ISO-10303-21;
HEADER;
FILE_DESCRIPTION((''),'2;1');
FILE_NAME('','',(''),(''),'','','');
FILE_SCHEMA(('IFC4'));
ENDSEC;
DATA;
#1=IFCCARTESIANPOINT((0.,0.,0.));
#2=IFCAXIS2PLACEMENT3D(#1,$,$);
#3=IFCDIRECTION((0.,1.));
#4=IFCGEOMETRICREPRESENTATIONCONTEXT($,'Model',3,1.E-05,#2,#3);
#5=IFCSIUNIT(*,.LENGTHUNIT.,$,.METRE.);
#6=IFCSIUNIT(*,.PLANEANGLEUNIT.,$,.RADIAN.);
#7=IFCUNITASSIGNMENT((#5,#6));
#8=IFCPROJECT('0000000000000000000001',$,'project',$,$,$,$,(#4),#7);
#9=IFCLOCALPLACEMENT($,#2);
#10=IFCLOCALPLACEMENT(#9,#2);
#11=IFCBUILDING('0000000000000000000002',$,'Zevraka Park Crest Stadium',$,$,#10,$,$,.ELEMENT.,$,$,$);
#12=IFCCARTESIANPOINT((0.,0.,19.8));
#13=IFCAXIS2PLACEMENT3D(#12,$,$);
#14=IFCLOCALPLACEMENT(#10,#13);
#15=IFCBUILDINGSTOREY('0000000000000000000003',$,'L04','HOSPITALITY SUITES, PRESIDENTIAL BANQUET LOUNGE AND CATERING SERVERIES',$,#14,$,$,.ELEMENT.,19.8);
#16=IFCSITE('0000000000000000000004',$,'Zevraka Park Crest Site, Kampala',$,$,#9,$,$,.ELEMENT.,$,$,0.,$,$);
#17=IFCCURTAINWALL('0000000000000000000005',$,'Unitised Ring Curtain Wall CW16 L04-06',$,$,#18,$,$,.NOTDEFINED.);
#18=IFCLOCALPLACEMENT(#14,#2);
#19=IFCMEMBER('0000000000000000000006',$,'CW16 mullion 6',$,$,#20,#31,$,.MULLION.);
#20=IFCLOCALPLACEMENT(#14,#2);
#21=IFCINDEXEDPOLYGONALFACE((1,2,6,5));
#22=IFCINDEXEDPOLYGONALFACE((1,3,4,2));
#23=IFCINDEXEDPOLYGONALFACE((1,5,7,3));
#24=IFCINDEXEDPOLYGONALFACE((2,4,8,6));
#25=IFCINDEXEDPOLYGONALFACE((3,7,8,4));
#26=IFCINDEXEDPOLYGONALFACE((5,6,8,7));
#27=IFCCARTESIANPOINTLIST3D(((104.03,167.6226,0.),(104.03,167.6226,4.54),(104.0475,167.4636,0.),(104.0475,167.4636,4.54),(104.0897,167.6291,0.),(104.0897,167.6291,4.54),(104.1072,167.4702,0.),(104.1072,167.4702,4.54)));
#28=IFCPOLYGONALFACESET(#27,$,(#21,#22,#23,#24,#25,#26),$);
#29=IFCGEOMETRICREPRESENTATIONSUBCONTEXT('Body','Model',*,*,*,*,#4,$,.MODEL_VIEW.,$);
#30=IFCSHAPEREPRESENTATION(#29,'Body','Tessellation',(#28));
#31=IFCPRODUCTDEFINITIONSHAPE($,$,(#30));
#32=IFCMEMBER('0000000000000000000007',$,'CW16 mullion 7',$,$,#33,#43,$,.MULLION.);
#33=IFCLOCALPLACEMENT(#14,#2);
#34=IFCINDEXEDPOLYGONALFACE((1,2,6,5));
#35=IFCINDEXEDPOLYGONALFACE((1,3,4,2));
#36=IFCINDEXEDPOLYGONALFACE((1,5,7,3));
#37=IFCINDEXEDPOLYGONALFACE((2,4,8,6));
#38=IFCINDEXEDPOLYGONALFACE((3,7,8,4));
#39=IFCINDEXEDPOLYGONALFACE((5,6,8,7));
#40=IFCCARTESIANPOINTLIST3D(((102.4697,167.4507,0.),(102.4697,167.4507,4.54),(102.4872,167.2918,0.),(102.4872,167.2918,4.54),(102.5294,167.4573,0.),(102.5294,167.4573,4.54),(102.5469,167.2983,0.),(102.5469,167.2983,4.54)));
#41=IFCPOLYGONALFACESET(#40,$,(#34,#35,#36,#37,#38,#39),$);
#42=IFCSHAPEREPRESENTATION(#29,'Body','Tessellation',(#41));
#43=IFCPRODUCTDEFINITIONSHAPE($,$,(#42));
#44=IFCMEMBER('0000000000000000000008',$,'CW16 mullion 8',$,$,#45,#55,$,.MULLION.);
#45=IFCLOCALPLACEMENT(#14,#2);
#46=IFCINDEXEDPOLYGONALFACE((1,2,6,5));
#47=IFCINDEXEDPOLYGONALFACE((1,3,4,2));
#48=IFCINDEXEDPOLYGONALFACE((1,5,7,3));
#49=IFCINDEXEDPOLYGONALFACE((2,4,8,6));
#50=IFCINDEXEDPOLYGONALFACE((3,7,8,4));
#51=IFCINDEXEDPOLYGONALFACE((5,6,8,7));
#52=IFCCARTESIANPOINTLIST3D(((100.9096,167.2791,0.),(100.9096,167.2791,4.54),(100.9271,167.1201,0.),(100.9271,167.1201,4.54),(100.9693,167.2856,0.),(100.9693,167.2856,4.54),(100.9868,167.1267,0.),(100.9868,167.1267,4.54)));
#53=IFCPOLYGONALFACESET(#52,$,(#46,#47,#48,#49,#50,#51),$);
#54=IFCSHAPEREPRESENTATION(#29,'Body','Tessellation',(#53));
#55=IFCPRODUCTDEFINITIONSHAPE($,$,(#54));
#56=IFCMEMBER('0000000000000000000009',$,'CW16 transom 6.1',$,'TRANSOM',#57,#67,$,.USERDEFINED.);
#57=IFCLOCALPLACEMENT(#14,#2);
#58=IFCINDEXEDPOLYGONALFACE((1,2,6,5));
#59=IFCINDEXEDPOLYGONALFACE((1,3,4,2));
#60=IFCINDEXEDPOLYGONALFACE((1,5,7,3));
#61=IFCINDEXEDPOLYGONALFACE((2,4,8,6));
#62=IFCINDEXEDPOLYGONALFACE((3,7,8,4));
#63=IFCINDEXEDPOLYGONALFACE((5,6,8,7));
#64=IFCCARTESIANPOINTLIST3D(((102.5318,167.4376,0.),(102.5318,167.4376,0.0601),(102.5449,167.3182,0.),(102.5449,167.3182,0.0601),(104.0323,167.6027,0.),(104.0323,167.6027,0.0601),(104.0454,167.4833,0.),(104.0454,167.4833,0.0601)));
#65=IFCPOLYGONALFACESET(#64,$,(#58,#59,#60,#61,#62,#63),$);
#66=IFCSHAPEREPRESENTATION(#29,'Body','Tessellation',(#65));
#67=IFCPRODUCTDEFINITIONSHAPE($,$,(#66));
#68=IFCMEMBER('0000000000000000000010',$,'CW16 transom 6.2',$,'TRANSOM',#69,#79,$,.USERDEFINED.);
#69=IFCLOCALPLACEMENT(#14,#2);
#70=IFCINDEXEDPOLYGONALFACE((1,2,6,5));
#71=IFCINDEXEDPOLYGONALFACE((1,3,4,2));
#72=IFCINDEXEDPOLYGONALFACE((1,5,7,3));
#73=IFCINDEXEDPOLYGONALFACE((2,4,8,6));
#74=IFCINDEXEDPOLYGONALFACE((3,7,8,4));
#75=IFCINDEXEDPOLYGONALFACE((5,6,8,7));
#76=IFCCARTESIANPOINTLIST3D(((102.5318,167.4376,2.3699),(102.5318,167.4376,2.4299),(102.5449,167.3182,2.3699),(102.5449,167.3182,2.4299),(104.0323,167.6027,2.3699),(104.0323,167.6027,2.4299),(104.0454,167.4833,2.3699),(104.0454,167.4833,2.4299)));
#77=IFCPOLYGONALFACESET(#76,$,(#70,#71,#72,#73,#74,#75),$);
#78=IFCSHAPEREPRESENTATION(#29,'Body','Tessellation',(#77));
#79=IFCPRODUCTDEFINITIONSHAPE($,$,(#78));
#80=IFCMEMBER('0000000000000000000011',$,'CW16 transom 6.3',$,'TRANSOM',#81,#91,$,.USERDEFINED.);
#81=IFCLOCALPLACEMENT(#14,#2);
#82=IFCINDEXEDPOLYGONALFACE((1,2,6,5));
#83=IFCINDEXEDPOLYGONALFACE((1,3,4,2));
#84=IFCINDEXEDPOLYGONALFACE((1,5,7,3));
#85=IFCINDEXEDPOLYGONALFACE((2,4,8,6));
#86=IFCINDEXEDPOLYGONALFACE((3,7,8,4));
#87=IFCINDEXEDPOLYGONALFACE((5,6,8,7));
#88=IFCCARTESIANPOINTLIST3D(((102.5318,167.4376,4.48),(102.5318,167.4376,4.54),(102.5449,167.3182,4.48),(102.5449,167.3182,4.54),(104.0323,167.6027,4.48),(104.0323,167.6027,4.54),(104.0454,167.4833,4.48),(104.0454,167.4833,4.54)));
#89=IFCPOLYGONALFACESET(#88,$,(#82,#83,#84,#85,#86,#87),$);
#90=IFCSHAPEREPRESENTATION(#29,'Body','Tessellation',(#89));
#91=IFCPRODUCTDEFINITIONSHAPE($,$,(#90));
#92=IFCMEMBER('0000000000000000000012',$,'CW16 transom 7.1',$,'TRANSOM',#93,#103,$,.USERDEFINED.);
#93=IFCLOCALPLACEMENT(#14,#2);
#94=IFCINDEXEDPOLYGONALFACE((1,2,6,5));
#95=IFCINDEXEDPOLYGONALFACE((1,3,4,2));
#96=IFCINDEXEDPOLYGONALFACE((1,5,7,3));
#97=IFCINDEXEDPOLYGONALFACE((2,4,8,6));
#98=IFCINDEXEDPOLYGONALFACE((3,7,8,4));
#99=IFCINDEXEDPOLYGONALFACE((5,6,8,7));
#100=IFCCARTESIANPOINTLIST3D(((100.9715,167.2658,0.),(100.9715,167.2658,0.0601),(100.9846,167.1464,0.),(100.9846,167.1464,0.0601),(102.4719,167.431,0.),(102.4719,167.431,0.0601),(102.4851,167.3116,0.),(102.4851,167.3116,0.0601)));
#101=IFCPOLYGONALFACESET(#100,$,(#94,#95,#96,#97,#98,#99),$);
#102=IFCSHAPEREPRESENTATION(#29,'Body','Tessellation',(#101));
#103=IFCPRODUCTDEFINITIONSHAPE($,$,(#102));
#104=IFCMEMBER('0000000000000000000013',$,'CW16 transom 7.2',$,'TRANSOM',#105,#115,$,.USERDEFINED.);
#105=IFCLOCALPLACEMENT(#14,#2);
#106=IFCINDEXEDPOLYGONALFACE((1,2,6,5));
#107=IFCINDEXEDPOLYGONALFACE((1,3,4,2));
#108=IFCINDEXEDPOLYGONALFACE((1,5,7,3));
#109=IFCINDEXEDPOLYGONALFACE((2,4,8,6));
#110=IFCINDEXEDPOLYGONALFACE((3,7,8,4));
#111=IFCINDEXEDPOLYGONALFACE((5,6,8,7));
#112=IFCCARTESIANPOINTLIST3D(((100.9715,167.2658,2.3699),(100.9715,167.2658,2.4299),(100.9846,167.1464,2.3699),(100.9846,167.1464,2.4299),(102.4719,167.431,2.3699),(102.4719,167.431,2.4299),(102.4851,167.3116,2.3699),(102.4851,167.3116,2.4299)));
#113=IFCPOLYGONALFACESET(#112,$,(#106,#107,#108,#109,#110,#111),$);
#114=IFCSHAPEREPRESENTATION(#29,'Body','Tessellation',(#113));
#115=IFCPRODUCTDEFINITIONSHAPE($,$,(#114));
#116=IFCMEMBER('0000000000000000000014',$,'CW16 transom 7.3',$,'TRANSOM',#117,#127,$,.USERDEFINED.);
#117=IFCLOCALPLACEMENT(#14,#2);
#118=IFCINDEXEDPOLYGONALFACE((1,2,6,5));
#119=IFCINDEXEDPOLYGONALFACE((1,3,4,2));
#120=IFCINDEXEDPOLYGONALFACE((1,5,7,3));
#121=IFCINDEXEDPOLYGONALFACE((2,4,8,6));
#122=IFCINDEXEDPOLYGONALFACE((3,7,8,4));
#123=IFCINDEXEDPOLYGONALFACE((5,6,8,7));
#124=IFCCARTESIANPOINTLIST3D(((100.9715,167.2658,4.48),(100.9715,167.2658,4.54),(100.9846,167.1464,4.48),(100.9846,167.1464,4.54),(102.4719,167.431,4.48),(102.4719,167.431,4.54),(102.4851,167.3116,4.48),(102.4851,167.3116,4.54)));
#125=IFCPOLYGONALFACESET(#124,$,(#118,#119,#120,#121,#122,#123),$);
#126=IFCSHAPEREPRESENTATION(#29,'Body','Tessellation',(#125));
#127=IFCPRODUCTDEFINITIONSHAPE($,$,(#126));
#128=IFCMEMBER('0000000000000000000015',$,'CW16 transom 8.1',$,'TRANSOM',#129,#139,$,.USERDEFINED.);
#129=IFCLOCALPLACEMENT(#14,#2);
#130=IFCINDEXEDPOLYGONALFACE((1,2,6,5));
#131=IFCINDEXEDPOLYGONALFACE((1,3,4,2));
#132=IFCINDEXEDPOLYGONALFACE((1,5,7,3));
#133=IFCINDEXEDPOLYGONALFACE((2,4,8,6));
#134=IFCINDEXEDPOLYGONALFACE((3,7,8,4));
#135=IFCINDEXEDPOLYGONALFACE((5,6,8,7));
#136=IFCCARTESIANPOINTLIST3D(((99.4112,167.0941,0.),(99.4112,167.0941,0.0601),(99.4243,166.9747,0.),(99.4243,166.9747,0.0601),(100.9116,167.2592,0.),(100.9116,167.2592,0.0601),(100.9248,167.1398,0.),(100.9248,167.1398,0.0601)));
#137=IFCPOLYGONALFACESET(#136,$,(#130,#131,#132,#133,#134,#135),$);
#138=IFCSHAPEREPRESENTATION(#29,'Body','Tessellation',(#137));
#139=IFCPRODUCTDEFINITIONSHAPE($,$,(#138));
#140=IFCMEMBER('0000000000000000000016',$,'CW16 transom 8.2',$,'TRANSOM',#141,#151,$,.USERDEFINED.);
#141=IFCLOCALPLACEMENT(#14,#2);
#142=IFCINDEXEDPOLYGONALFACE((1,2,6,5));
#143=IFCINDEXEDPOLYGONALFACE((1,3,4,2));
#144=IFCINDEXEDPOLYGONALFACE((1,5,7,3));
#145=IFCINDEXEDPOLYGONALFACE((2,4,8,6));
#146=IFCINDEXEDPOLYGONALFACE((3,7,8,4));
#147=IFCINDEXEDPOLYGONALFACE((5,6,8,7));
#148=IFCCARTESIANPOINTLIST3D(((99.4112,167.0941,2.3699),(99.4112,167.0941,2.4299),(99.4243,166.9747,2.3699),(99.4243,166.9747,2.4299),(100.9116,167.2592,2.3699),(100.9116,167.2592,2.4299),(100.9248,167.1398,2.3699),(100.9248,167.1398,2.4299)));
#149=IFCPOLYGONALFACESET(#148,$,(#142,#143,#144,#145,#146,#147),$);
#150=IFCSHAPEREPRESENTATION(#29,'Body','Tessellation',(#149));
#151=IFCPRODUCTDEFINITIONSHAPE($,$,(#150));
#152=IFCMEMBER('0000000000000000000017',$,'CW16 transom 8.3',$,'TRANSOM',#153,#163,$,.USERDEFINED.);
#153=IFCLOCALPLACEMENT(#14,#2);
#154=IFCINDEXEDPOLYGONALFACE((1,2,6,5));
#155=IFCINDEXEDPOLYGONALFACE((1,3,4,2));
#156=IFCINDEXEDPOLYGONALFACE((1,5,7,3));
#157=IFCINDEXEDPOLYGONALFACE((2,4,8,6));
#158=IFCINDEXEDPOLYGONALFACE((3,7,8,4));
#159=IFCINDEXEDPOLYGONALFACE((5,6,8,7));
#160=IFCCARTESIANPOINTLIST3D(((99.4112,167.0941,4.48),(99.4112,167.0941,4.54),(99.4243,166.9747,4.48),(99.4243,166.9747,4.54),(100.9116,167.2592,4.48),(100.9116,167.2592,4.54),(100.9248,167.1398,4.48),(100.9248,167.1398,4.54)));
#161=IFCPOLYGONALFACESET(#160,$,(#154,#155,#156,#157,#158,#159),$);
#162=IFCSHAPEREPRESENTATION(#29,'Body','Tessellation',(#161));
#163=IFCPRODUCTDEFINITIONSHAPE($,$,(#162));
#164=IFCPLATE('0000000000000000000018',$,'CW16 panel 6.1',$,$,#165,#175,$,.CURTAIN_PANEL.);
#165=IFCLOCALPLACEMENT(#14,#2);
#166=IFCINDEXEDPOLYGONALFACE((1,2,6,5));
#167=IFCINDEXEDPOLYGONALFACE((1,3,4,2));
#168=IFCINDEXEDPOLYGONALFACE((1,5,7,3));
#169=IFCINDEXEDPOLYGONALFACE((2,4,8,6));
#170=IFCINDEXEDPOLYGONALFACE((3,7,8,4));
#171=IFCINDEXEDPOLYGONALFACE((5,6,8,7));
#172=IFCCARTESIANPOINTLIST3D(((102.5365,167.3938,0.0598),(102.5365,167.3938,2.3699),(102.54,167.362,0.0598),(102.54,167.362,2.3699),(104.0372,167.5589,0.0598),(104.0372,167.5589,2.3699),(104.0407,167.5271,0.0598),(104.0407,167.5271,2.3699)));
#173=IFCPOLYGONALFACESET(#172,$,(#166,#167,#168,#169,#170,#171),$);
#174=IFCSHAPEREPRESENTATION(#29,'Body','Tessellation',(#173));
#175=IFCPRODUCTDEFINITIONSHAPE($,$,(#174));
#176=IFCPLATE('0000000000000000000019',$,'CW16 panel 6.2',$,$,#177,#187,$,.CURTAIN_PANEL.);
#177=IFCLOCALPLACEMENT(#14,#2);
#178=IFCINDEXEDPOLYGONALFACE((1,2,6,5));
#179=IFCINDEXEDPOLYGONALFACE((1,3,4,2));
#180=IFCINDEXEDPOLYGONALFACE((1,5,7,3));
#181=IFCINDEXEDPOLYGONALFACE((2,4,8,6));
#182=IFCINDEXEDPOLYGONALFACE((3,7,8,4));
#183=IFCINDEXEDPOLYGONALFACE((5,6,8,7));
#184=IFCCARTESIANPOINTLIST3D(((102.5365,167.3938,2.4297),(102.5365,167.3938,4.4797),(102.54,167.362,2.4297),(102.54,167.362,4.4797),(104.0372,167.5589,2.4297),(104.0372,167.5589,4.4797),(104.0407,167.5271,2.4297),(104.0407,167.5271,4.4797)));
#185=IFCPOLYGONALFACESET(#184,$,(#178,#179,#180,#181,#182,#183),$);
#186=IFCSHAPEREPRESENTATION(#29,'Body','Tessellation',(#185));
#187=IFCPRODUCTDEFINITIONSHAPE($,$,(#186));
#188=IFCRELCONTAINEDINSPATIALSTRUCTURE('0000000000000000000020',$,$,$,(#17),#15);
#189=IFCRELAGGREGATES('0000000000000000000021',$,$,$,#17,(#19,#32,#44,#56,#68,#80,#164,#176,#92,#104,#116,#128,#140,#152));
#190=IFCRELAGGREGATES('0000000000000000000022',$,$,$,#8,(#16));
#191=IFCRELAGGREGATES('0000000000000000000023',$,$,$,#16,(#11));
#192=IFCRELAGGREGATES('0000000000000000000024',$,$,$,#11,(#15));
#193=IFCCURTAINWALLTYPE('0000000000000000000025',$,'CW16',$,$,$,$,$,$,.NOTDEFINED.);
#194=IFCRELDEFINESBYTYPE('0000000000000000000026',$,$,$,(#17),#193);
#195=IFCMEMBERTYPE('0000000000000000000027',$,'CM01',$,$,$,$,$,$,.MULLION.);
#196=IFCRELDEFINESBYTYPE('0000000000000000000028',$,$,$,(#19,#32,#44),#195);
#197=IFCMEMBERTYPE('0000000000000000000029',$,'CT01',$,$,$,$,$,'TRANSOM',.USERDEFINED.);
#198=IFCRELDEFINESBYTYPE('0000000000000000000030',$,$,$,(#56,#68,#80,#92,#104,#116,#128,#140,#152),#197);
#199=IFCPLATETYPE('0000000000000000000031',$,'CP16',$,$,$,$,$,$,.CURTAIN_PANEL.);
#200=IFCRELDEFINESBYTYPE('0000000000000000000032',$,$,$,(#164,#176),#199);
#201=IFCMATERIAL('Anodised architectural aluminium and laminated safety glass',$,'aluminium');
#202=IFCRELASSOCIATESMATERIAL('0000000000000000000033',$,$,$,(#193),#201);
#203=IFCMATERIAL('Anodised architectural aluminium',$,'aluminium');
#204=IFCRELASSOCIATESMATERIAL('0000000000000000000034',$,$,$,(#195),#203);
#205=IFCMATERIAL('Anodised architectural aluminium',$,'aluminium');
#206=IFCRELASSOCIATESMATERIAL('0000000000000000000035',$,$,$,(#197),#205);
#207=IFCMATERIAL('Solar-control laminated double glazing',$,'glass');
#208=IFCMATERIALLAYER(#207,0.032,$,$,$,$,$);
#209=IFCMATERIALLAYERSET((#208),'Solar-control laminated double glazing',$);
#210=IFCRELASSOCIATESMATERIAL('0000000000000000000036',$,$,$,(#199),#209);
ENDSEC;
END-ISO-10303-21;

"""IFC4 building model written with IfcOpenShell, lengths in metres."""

from ifc_helpers import new_model, si_unit, direction, frame, origin, origin_2d, place, context, subcontext, project, spatial, rectangle, extrude, material, layer, layer_set, material_profile, profile_set, type_object, element, aggregate, save


model = new_model("IFC4")

# Units and contexts
model_context = context("Model", 3, precision=1e-05, world=origin(), true_north=direction((0.0, 1.0)))
body_context = subcontext(model_context, "Body", "Model", "MODEL_VIEW")
ifc_project = project(units=[si_unit("LENGTHUNIT", "METRE"), si_unit("PLANEANGLEUNIT", "RADIAN")], contexts=[model_context])

# Site, building, storey
site_placement = place(None, origin())
site = spatial("IfcSite", under=ifc_project, at=site_placement, Name="Zevraka Park Crest Site, Kampala", CompositionType="ELEMENT", RefElevation=0.0)
building_placement = place(site_placement, origin())
building = spatial("IfcBuilding", under=site, at=building_placement, Name="Zevraka Park Crest Stadium", CompositionType="ELEMENT")
storey_placement = place(building_placement, frame((0.0, 0.0, 19.8)))
storey = spatial("IfcBuildingStorey", under=building, at=storey_placement, Name="L04", Description="HOSPITALITY SUITES, PRESIDENTIAL BANQUET LOUNGE AND CATERING SERVERIES", CompositionType="ELEMENT", Elevation=19.8)

# Curtain wall, members, plates
ifc_material_1 = material(Name="Anodised architectural aluminium and laminated safety glass", Category="aluminium")
curtain_wall_type = type_object("IfcCurtainWallType", Name="CW16", PredefinedType="NOTDEFINED", material=ifc_material_1)
curtain_wall_placement = place(storey_placement, origin())
curtain_wall = element("IfcCurtainWall", 1, at=curtain_wall_placement, inside=storey, type_object=curtain_wall_type, Name="Unitised Ring Curtain Wall CW16 L04-06", PredefinedType="NOTDEFINED")
ifc_material_2 = material(Name="Anodised architectural aluminium", Category="aluminium")
ifc_material_profile_1 = material_profile(ifc_material_2, rectangle(XDim=0.1599, YDim=0.0601, at=origin_2d()), Name="ALU MULLION 160x60")
ifc_profile_set_1 = profile_set([ifc_material_profile_1], Name="Anodised architectural aluminium")
member_type_1 = type_object("IfcMemberType", Name="CM01", PredefinedType="MULLION", material=ifc_profile_set_1)
member_1_placement = place(storey_placement, frame((104.0686, 167.5464, 0.0), z_axis=(0.0, 0.0, 1.0), x_axis=(0.109406, -0.993997, 0.0)))
member_1 = element("IfcMember", 2, at=member_1_placement, type_object=member_type_1, Name="CW16 mullion 6", PredefinedType="MULLION", context=body_context, shape_type="SweptSolid", body=[
    extrude(rectangle(XDim=0.1599, YDim=0.0601, at=origin_2d()), origin(), (0.0, 0.0, 1.0), 4.54),
])
member_2_placement = place(storey_placement, frame((102.5083, 167.3745, 0.0), z_axis=(0.0, 0.0, 1.0), x_axis=(0.109406, -0.993997, 0.0)))
member_2 = element("IfcMember", 3, at=member_2_placement, type_object=member_type_1, Name="CW16 mullion 7", PredefinedType="MULLION", context=body_context, shape_type="SweptSolid", body=[
    extrude(rectangle(XDim=0.1599, YDim=0.0601, at=origin_2d()), origin(), (0.0, 0.0, 1.0), 4.54),
])
member_3_placement = place(storey_placement, frame((100.9482, 167.2029, 0.0), z_axis=(0.0, 0.0, 1.0), x_axis=(0.109406, -0.993997, 0.0)))
member_3 = element("IfcMember", 4, at=member_3_placement, type_object=member_type_1, Name="CW16 mullion 8", PredefinedType="MULLION", context=body_context, shape_type="SweptSolid", body=[
    extrude(rectangle(XDim=0.1599, YDim=0.0601, at=origin_2d()), origin(), (0.0, 0.0, 1.0), 4.54),
])
ifc_material_3 = material(Name="Anodised architectural aluminium", Category="aluminium")
ifc_material_profile_2 = material_profile(ifc_material_3, rectangle(XDim=0.1201, YDim=0.0601, at=origin_2d()), Name="ALU TRANSOM 120x60")
ifc_profile_set_2 = profile_set([ifc_material_profile_2], Name="Anodised architectural aluminium")
member_type_2 = type_object("IfcMemberType", Name="CT01", ElementType="TRANSOM", PredefinedType="USERDEFINED", material=ifc_profile_set_2)
member_4_placement = place(storey_placement, frame((104.0388, 167.543, 0.03), z_axis=(-0.994005, -0.109331, 0.0), x_axis=(0.109331, -0.994005, 0.0)))
member_4 = element("IfcMember", 5, at=member_4_placement, type_object=member_type_2, Name="CW16 transom 6.1", ObjectType="TRANSOM", PredefinedType="USERDEFINED", context=body_context, shape_type="SweptSolid", body=[
    extrude(rectangle(XDim=0.1201, YDim=0.0601, at=origin_2d()), origin(), (0.0, 0.0, 1.0), 1.5095),
])
member_5_placement = place(storey_placement, frame((104.0388, 167.543, 2.3999), z_axis=(-0.994005, -0.109331, 0.0), x_axis=(0.109331, -0.994005, 0.0)))
member_5 = element("IfcMember", 6, at=member_5_placement, type_object=member_type_2, Name="CW16 transom 6.2", ObjectType="TRANSOM", PredefinedType="USERDEFINED", context=body_context, shape_type="SweptSolid", body=[
    extrude(rectangle(XDim=0.1201, YDim=0.0601, at=origin_2d()), origin(), (0.0, 0.0, 1.0), 1.5095),
])
member_6_placement = place(storey_placement, frame((104.0388, 167.543, 4.51), z_axis=(-0.994005, -0.109331, 0.0), x_axis=(0.109331, -0.994005, 0.0)))
member_6 = element("IfcMember", 7, at=member_6_placement, type_object=member_type_2, Name="CW16 transom 6.3", ObjectType="TRANSOM", PredefinedType="USERDEFINED", context=body_context, shape_type="SweptSolid", body=[
    extrude(rectangle(XDim=0.1201, YDim=0.0601, at=origin_2d()), origin(), (0.0, 0.0, 1.0), 1.5095),
])
member_7_placement = place(storey_placement, frame((102.4785, 167.3713, 0.03), z_axis=(-0.993988, -0.109491, 0.0), x_axis=(0.109491, -0.993988, 0.0)))
member_7 = element("IfcMember", 8, at=member_7_placement, type_object=member_type_2, Name="CW16 transom 7.1", ObjectType="TRANSOM", PredefinedType="USERDEFINED", context=body_context, shape_type="SweptSolid", body=[
    extrude(rectangle(XDim=0.1201, YDim=0.0601, at=origin_2d()), origin(), (0.0, 0.0, 1.0), 1.5095),
])
member_8_placement = place(storey_placement, frame((102.4785, 167.3713, 2.3999), z_axis=(-0.993988, -0.109491, 0.0), x_axis=(0.109491, -0.993988, 0.0)))
member_8 = element("IfcMember", 9, at=member_8_placement, type_object=member_type_2, Name="CW16 transom 7.2", ObjectType="TRANSOM", PredefinedType="USERDEFINED", context=body_context, shape_type="SweptSolid", body=[
    extrude(rectangle(XDim=0.1201, YDim=0.0601, at=origin_2d()), origin(), (0.0, 0.0, 1.0), 1.5095),
])
member_9_placement = place(storey_placement, frame((102.4785, 167.3713, 4.51), z_axis=(-0.993988, -0.109491, 0.0), x_axis=(0.109491, -0.993988, 0.0)))
member_9 = element("IfcMember", 10, at=member_9_placement, type_object=member_type_2, Name="CW16 transom 7.3", ObjectType="TRANSOM", PredefinedType="USERDEFINED", context=body_context, shape_type="SweptSolid", body=[
    extrude(rectangle(XDim=0.1201, YDim=0.0601, at=origin_2d()), origin(), (0.0, 0.0, 1.0), 1.5095),
])
member_10_placement = place(storey_placement, frame((100.9182, 167.1995, 0.03), z_axis=(-0.994005, -0.109331, 0.0), x_axis=(0.109331, -0.994005, 0.0)))
member_10 = element("IfcMember", 11, at=member_10_placement, type_object=member_type_2, Name="CW16 transom 8.1", ObjectType="TRANSOM", PredefinedType="USERDEFINED", context=body_context, shape_type="SweptSolid", body=[
    extrude(rectangle(XDim=0.1201, YDim=0.0601, at=origin_2d()), origin(), (0.0, 0.0, 1.0), 1.5095),
])
member_11_placement = place(storey_placement, frame((100.9182, 167.1995, 2.3999), z_axis=(-0.994005, -0.109331, 0.0), x_axis=(0.109331, -0.994005, 0.0)))
member_11 = element("IfcMember", 12, at=member_11_placement, type_object=member_type_2, Name="CW16 transom 8.2", ObjectType="TRANSOM", PredefinedType="USERDEFINED", context=body_context, shape_type="SweptSolid", body=[
    extrude(rectangle(XDim=0.1201, YDim=0.0601, at=origin_2d()), origin(), (0.0, 0.0, 1.0), 1.5095),
])
member_12_placement = place(storey_placement, frame((100.9182, 167.1995, 4.51), z_axis=(-0.994005, -0.109331, 0.0), x_axis=(0.109331, -0.994005, 0.0)))
member_12 = element("IfcMember", 13, at=member_12_placement, type_object=member_type_2, Name="CW16 transom 8.3", ObjectType="TRANSOM", PredefinedType="USERDEFINED", context=body_context, shape_type="SweptSolid", body=[
    extrude(rectangle(XDim=0.1201, YDim=0.0601, at=origin_2d()), origin(), (0.0, 0.0, 1.0), 1.5095),
])
ifc_material_4 = material(Name="Solar-control laminated double glazing", Category="glass")
ifc_layer_1 = layer(ifc_material_4, 0.032)
ifc_layer_set_1 = layer_set([ifc_layer_1], Name="Solar-control laminated double glazing")
plate_type = type_object("IfcPlateType", Name="CP16", PredefinedType="CURTAIN_PANEL", material=ifc_layer_set_1)
plate_1_placement = place(storey_placement, frame((103.2886, 167.4604, 0.0598), z_axis=(0.0, 0.0, 1.0), x_axis=(-0.993997, -0.109406, 0.0)))
plate_1 = element("IfcPlate", 14, at=plate_1_placement, type_object=plate_type, Name="CW16 panel 6.1", PredefinedType="CURTAIN_PANEL", context=body_context, shape_type="SweptSolid", body=[
    extrude(rectangle(XDim=1.5098, YDim=0.032, at=origin_2d()), origin(), (0.0, 0.0, 1.0), 2.3101),
])
plate_2_placement = place(storey_placement, frame((103.2886, 167.4604, 2.4297), z_axis=(0.0, 0.0, 1.0), x_axis=(-0.993997, -0.109406, 0.0)))
plate_2 = element("IfcPlate", 15, at=plate_2_placement, type_object=plate_type, Name="CW16 panel 6.2", PredefinedType="CURTAIN_PANEL", context=body_context, shape_type="SweptSolid", body=[
    extrude(rectangle(XDim=1.5098, YDim=0.032, at=origin_2d()), origin(), (0.0, 0.0, 1.0), 2.05),
])
aggregate(curtain_wall, [member_1, member_2, member_3, member_4, member_5, member_6, plate_1, plate_2, member_7, member_8, member_9, member_10, member_11, member_12])

save(model, "model.ifc")
